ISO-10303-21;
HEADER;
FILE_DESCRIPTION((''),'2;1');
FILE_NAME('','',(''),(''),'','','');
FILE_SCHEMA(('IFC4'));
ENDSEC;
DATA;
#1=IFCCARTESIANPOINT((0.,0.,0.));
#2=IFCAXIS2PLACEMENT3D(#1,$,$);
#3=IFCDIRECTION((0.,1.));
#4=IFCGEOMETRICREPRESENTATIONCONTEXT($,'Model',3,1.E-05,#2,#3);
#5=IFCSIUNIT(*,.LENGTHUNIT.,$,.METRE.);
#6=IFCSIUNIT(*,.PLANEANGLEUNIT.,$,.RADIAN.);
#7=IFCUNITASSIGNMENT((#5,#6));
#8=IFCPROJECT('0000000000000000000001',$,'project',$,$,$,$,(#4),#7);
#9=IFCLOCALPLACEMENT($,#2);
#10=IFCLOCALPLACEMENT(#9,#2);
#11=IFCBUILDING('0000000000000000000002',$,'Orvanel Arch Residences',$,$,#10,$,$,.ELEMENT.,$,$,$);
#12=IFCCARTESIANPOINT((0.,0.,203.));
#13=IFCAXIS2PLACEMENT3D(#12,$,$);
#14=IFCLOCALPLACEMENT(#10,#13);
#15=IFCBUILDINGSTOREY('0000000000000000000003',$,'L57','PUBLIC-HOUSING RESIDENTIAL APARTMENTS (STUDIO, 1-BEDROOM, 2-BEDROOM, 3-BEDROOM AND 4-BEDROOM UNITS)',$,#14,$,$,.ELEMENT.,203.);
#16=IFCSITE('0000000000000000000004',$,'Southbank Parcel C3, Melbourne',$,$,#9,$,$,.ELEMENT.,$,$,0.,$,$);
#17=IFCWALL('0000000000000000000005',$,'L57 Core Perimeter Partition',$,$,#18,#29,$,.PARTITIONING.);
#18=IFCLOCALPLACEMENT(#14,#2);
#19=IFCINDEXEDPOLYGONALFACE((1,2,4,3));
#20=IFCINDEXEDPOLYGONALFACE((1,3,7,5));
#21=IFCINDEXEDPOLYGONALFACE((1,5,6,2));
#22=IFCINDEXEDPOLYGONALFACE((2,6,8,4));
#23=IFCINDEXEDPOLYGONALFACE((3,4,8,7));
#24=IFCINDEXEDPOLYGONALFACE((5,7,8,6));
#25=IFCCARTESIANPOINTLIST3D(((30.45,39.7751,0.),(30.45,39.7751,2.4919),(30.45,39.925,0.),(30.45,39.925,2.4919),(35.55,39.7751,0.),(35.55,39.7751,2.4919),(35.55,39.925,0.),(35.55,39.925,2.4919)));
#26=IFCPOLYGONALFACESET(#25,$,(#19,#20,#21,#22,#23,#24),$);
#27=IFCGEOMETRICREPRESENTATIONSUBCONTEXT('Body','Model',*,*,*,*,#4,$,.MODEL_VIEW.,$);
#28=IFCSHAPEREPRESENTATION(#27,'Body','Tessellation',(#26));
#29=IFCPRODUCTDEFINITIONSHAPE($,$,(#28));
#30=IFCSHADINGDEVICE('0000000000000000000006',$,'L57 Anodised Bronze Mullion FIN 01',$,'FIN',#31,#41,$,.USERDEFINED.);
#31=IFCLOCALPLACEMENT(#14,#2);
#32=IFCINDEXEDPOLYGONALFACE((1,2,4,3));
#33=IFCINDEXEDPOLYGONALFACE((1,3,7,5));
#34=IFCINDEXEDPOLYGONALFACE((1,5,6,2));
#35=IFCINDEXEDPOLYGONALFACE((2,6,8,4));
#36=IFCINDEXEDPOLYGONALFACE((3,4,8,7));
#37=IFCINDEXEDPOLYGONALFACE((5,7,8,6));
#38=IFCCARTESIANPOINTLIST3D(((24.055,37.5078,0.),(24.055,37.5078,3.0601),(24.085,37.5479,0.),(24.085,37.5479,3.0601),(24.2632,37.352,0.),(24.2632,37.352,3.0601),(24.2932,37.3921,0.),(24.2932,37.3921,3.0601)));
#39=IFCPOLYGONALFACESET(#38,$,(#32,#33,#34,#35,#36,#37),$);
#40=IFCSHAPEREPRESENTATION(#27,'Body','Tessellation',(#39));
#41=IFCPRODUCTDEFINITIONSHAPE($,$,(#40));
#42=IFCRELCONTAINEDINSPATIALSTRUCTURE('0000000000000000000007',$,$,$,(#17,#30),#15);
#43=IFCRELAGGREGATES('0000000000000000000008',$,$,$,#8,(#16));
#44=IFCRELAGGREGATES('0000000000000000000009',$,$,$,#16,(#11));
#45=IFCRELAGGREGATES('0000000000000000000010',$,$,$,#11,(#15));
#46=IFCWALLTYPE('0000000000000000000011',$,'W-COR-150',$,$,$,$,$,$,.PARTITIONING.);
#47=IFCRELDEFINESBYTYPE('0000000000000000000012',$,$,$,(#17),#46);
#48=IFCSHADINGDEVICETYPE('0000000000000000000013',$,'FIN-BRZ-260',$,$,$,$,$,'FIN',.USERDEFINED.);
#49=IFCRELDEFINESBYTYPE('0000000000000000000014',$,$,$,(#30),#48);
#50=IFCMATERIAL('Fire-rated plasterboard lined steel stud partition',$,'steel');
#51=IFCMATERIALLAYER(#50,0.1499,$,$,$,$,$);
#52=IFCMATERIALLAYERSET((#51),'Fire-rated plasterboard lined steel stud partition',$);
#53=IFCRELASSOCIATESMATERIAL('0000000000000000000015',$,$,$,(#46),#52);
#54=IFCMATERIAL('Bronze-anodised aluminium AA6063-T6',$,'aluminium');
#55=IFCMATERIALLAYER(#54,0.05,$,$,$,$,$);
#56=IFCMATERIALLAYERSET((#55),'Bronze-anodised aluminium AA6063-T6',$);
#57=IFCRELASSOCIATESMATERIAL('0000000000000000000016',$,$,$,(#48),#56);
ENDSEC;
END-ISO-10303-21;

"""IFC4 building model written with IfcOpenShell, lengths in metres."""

from ifc_helpers import new_model, si_unit, direction, frame, frame_2d, origin, origin_2d, place, context, subcontext, project, spatial, rectangle, extrude, material, layer, layer_set, type_object, element, save


model = new_model("IFC4")

# Units and contexts
model_context = context("Model", 3, precision=1e-05, world=origin(), true_north=direction((0.0, 1.0)))
body_context = subcontext(model_context, "Body", "Model", "MODEL_VIEW")
ifc_project = project(units=[si_unit("LENGTHUNIT", "METRE"), si_unit("PLANEANGLEUNIT", "RADIAN")], contexts=[model_context])

# Site, building, storey
site_placement = place(None, origin())
site = spatial("IfcSite", under=ifc_project, at=site_placement, Name="Southbank Parcel C3, Melbourne", CompositionType="ELEMENT", RefElevation=0.0)
building_placement = place(site_placement, origin())
building = spatial("IfcBuilding", under=site, at=building_placement, Name="Orvanel Arch Residences", CompositionType="ELEMENT")
storey_placement = place(building_placement, frame((0.0, 0.0, 203.0)))
storey = spatial("IfcBuildingStorey", under=building, at=storey_placement, Name="L57", Description="PUBLIC-HOUSING RESIDENTIAL APARTMENTS (STUDIO, 1-BEDROOM, 2-BEDROOM, 3-BEDROOM AND 4-BEDROOM UNITS)", CompositionType="ELEMENT", Elevation=203.0)

# Shared definitions
ifc_material_1 = material(Name="Bronze-anodised aluminium AA6063-T6", Category="aluminium")

# Wall
ifc_material_2 = material(Name="Fire-rated plasterboard lined steel stud partition", Category="steel")
ifc_layer_1 = layer(ifc_material_2, 0.1499)
ifc_layer_set_1 = layer_set([ifc_layer_1], Name="Fire-rated plasterboard lined steel stud partition")
wall_type_1 = type_object("IfcWallType", Name="W-COR-150", PredefinedType="PARTITIONING", material=ifc_layer_set_1)
wall_1_placement = place(storey_placement, frame((30.45, 39.8501, 0.0), z_axis=(0.0, 0.0, 1.0), x_axis=(1.0, 0.0, 0.0)))
element("IfcWall", 1, at=wall_1_placement, inside=storey, type_object=wall_type_1, Name="L57 Core Perimeter Partition", PredefinedType="PARTITIONING", context=body_context, shape_type="SweptSolid", body=[
    extrude(rectangle(XDim=5.1001, YDim=0.1499, at=frame_2d((2.55, 0.0))), origin(), (0.0, 0.0, 1.0), 2.4919),
])

# Shading device
ifc_layer_2 = layer(ifc_material_1, 0.05)
ifc_layer_set_2 = layer_set([ifc_layer_2], Name="Bronze-anodised aluminium AA6063-T6")
shading_device_type = type_object("IfcShadingDeviceType", Name="FIN-BRZ-260", ElementType="FIN", PredefinedType="USERDEFINED", material=ifc_layer_set_2)
shading_device_placement = place(storey_placement, frame((24.1741, 37.45, 0.0), z_axis=(0.0, 0.0, 1.0), x_axis=(-0.800731, 0.599024, 0.0)))
element("IfcShadingDevice", 2, at=shading_device_placement, inside=storey, type_object=shading_device_type, Name="L57 Anodised Bronze Mullion FIN 01", ObjectType="FIN", PredefinedType="USERDEFINED", context=body_context, shape_type="SweptSolid", body=[
    extrude(rectangle(XDim=0.26, YDim=0.05, at=origin_2d()), origin(), (0.0, 0.0, 1.0), 3.0601),
])

save(model, "model.ifc")
